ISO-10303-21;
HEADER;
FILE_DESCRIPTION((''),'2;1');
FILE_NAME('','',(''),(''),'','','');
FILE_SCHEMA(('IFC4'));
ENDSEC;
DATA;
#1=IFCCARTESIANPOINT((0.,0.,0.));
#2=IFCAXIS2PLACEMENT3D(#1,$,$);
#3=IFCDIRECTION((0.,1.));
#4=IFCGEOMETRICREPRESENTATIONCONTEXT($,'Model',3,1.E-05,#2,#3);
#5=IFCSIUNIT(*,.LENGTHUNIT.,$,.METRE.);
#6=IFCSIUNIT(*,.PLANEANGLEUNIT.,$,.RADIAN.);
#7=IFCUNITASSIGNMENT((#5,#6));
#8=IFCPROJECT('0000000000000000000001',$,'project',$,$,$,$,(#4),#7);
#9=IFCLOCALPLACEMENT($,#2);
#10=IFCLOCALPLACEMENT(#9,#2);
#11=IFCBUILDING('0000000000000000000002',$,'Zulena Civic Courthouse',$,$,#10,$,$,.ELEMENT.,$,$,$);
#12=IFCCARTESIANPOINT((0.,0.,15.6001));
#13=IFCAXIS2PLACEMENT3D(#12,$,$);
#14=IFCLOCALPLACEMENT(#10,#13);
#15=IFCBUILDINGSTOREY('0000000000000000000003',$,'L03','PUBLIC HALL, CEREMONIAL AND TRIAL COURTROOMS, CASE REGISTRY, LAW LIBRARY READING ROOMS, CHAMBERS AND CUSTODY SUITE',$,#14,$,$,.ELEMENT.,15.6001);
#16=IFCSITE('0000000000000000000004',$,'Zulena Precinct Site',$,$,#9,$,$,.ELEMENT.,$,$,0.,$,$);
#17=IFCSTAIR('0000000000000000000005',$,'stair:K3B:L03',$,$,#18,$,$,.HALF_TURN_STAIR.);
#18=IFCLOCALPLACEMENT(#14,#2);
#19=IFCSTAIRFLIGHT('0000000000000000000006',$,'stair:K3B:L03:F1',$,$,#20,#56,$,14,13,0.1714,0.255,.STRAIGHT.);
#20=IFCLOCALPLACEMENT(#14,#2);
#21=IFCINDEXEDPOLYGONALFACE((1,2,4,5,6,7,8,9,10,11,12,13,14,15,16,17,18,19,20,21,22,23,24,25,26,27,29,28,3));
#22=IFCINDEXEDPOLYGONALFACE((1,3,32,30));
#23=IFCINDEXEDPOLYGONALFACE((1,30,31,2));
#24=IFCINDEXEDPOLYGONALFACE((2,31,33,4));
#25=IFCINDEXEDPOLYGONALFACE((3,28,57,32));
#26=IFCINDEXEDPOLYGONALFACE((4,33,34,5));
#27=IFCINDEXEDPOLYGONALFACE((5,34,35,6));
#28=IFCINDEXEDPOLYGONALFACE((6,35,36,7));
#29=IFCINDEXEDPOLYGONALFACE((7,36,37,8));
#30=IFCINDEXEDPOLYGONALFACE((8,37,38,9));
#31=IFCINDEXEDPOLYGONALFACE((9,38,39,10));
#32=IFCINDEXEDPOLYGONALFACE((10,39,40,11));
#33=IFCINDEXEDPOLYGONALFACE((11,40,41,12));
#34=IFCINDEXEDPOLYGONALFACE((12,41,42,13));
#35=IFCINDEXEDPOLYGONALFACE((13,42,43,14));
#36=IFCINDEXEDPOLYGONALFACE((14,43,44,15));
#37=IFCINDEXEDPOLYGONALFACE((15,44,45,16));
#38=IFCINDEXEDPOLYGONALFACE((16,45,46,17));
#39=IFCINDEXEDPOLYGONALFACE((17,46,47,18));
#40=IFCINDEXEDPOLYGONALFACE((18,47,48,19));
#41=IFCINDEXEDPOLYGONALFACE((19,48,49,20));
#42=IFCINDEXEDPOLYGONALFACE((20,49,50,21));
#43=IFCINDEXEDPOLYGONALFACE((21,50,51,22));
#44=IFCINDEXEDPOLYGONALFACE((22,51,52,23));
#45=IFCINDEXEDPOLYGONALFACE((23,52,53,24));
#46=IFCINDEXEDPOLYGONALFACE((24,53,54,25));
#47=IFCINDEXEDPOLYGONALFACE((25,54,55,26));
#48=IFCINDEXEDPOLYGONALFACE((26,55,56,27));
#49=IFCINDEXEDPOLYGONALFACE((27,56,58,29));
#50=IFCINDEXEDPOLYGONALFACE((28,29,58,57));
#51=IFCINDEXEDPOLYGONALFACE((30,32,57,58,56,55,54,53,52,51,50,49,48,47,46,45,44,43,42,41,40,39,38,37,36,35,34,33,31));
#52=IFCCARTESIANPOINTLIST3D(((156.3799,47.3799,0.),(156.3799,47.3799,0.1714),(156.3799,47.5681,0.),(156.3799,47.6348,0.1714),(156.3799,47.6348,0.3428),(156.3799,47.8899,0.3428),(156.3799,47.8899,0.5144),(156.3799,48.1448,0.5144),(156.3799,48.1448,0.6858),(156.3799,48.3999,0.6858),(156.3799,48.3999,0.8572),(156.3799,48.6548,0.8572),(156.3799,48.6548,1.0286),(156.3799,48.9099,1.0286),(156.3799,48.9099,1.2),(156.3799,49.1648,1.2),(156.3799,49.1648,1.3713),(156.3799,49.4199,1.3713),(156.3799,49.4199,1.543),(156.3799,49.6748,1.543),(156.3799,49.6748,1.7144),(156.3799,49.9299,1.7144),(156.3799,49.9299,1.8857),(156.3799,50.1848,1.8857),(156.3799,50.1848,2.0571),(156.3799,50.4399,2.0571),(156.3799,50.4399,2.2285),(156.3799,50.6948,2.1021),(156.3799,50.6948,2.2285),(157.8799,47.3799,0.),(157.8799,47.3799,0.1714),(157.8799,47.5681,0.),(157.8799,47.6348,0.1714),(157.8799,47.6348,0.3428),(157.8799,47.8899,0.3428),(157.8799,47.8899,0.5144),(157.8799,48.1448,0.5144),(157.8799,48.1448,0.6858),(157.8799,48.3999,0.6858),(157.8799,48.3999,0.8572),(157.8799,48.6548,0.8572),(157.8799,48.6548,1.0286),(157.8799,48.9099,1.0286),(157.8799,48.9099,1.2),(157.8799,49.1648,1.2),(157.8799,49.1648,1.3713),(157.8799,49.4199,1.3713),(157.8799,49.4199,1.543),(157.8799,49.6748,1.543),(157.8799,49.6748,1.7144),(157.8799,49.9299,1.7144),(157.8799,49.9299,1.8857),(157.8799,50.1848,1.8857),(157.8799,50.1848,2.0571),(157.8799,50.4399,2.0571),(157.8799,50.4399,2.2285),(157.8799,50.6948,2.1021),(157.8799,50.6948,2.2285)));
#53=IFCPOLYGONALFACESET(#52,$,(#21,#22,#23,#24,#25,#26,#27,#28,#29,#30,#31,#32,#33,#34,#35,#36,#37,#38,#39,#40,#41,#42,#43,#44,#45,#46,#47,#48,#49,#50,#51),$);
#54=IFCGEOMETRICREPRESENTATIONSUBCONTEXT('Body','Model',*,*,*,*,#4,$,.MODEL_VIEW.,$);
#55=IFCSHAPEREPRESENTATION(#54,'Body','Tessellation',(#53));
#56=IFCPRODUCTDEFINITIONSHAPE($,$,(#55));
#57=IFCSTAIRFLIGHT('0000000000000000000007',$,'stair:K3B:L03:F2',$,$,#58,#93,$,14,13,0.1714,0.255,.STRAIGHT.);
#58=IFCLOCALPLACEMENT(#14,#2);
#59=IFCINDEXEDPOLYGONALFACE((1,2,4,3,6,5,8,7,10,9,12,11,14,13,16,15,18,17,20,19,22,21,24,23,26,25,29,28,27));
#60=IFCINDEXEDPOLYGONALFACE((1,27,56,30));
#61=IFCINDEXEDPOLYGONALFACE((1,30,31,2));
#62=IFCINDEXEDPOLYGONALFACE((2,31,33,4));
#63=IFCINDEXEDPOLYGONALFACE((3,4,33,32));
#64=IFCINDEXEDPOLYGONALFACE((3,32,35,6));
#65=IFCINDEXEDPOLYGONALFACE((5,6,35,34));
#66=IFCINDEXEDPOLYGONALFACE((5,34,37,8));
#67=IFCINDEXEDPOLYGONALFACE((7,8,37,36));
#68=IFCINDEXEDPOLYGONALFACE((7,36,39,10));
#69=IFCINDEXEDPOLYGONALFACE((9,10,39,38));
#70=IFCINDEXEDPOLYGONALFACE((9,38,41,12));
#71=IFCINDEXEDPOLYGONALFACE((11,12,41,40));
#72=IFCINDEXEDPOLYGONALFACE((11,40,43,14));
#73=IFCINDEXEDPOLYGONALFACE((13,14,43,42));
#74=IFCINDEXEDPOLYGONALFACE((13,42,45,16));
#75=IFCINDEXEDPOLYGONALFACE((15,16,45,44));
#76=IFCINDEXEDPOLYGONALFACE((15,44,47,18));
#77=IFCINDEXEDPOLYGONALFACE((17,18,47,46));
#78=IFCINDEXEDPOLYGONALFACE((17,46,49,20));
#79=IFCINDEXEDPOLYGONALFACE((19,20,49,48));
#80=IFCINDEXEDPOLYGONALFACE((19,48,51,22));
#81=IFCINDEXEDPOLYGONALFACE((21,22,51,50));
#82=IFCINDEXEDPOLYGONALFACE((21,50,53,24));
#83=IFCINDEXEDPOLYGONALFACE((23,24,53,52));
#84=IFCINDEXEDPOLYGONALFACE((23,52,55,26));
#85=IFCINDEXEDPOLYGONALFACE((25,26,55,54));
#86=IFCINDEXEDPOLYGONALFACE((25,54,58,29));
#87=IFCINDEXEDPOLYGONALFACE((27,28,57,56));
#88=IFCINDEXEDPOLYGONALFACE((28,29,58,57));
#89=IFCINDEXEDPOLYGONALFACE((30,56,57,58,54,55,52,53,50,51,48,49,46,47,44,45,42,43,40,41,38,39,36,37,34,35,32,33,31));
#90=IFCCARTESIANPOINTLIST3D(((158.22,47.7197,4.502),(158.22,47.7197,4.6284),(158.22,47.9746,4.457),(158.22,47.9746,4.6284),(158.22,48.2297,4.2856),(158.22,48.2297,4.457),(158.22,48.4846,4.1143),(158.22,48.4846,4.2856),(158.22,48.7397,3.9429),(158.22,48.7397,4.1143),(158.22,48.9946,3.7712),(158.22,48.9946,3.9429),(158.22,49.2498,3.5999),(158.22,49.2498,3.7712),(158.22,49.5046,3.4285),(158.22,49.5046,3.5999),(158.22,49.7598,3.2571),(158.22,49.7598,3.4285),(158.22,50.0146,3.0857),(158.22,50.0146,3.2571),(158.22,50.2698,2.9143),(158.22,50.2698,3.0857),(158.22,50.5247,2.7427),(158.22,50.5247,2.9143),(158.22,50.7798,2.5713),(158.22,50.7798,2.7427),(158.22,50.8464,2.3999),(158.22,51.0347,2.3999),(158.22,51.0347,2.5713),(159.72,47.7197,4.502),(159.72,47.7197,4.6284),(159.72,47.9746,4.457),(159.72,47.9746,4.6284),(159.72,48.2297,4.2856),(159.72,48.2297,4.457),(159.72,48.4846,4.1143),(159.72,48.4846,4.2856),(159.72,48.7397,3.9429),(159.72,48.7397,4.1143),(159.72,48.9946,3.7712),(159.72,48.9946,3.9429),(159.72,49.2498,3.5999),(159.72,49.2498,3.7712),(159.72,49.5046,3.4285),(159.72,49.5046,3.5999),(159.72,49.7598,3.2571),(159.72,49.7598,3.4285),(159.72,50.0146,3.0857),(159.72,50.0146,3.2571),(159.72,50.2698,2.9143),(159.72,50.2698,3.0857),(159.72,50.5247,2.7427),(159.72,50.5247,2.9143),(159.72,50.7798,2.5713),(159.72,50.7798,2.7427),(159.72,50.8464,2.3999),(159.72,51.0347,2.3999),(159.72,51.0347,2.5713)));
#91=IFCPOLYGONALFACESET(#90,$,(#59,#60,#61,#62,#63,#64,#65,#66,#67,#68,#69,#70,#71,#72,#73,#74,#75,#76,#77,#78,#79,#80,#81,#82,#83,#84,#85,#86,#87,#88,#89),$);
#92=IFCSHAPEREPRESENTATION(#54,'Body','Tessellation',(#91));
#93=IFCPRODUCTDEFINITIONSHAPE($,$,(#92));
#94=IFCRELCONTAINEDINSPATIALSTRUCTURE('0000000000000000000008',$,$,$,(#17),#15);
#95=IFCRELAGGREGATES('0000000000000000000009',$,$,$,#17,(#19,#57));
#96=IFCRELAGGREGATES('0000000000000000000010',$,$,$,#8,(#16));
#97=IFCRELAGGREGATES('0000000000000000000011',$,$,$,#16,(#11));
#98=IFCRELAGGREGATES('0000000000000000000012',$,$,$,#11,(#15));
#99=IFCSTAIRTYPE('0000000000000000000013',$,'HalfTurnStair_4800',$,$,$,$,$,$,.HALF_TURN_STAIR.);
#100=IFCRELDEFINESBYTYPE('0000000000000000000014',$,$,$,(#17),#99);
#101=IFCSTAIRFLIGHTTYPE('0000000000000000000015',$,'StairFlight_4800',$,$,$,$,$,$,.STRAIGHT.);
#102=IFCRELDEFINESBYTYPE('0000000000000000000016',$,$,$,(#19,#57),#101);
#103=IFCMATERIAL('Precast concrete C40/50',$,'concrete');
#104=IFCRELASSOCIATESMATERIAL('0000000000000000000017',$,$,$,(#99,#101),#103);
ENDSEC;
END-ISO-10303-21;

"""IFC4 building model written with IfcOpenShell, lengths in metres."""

from ifc_helpers import new_model, si_unit, direction, frame, origin, place, context, subcontext, project, spatial, polyline, outline, extrude, material, type_object, element, aggregate, save


model = new_model("IFC4")

# Units and contexts
model_context = context("Model", 3, precision=1e-05, world=origin(), true_north=direction((0.0, 1.0)))
body_context = subcontext(model_context, "Body", "Model", "MODEL_VIEW")
ifc_project = project(units=[si_unit("LENGTHUNIT", "METRE"), si_unit("PLANEANGLEUNIT", "RADIAN")], contexts=[model_context])

# Site, building, storey
site_placement = place(None, origin())
site = spatial("IfcSite", under=ifc_project, at=site_placement, Name="Zulena Precinct Site", CompositionType="ELEMENT", RefElevation=0.0)
building_placement = place(site_placement, origin())
building = spatial("IfcBuilding", under=site, at=building_placement, Name="Zulena Civic Courthouse", CompositionType="ELEMENT")
storey_placement = place(building_placement, frame((0.0, 0.0, 15.6001)))
storey = spatial("IfcBuildingStorey", under=building, at=storey_placement, Name="L03", Description="PUBLIC HALL, CEREMONIAL AND TRIAL COURTROOMS, CASE REGISTRY, LAW LIBRARY READING ROOMS, CHAMBERS AND CUSTODY SUITE", CompositionType="ELEMENT", Elevation=15.6001)

# Stair, stair flights
ifc_material_1 = material(Name="Precast concrete C40/50", Category="concrete")
stair_type = type_object("IfcStairType", Name="HalfTurnStair_4800", PredefinedType="HALF_TURN_STAIR", material=ifc_material_1)
stair_placement = place(storey_placement, origin())
stair = element("IfcStair", 1, at=stair_placement, inside=storey, type_object=stair_type, Name="stair:K3B:L03", PredefinedType="HALF_TURN_STAIR")
stair_flight_type = type_object("IfcStairFlightType", Name="StairFlight_4800", PredefinedType="STRAIGHT", material=ifc_material_1)
stair_flight_1_placement = place(storey_placement, frame((157.1299, 47.3799, 0.0), z_axis=(0.0, 0.0, 1.0), x_axis=(0.0, 1.0, 0.0)))
stair_flight_1 = element("IfcStairFlight", 2, at=stair_flight_1_placement, type_object=stair_flight_type, Name="stair:K3B:L03:F1", NumberOfRisers=14, NumberOfTreads=13, PredefinedType="STRAIGHT", RiserHeight=0.1714, TreadLength=0.255, context=body_context, shape_type="SweptSolid", body=[
    extrude(outline(polyline([(0.0, 0.0), (0.0, 0.1714), (0.2549, 0.1714), (0.2549, 0.3428), (0.51, 0.3428), (0.51, 0.5144), (0.7649, 0.5144), (0.7649, 0.6858), (1.02, 0.6858), (1.02, 0.8572), (1.2749, 0.8572), (1.2749, 1.0286), (1.53, 1.0286), (1.53, 1.2), (1.7849, 1.2), (1.7849, 1.3713), (2.04, 1.3713), (2.04, 1.543), (2.2949, 1.543), (2.2949, 1.7144), (2.55, 1.7144), (2.55, 1.8857), (2.8049, 1.8857), (2.8049, 2.0571), (3.0601, 2.0571), (3.0601, 2.2285), (3.3149, 2.2285), (3.3149, 2.3999), (3.3149, 2.1021), (0.1882, 0.0), (0.0, 0.0)])), frame((0.0, 0.75, 0.0), z_axis=(0.0, -1.0, 0.0), x_axis=(1.0, 0.0, 0.0)), (0.0, 0.0, 1.0), 1.5),
])
stair_flight_2_placement = place(storey_placement, frame((158.97, 51.0347, 2.3999), z_axis=(0.0, 0.0, 1.0), x_axis=(0.0, -1.0, 0.0)))
stair_flight_2 = element("IfcStairFlight", 3, at=stair_flight_2_placement, type_object=stair_flight_type, Name="stair:K3B:L03:F2", NumberOfRisers=14, NumberOfTreads=13, PredefinedType="STRAIGHT", RiserHeight=0.1714, TreadLength=0.255, context=body_context, shape_type="SweptSolid", body=[
    extrude(outline(polyline([(0.0, 0.0), (0.0, 0.1714), (0.2549, 0.1714), (0.2549, 0.3428), (0.51, 0.3428), (0.51, 0.5144), (0.7649, 0.5144), (0.7649, 0.6858), (1.02, 0.6858), (1.02, 0.8572), (1.2749, 0.8572), (1.2749, 1.0286), (1.53, 1.0286), (1.53, 1.2), (1.7849, 1.2), (1.7849, 1.3713), (2.04, 1.3713), (2.04, 1.543), (2.2949, 1.543), (2.2949, 1.7144), (2.55, 1.7144), (2.55, 1.8857), (2.8049, 1.8857), (2.8049, 2.0571), (3.0601, 2.0571), (3.0601, 2.2285), (3.3149, 2.2285), (3.3149, 2.3999), (3.3149, 2.1021), (0.1882, 0.0), (0.0, 0.0)])), frame((0.0, 0.75, 0.0), z_axis=(0.0, -1.0, 0.0), x_axis=(1.0, 0.0, 0.0)), (0.0, 0.0, 1.0), 1.5),
])
aggregate(stair, [stair_flight_1, stair_flight_2])

save(model, "model.ifc")
